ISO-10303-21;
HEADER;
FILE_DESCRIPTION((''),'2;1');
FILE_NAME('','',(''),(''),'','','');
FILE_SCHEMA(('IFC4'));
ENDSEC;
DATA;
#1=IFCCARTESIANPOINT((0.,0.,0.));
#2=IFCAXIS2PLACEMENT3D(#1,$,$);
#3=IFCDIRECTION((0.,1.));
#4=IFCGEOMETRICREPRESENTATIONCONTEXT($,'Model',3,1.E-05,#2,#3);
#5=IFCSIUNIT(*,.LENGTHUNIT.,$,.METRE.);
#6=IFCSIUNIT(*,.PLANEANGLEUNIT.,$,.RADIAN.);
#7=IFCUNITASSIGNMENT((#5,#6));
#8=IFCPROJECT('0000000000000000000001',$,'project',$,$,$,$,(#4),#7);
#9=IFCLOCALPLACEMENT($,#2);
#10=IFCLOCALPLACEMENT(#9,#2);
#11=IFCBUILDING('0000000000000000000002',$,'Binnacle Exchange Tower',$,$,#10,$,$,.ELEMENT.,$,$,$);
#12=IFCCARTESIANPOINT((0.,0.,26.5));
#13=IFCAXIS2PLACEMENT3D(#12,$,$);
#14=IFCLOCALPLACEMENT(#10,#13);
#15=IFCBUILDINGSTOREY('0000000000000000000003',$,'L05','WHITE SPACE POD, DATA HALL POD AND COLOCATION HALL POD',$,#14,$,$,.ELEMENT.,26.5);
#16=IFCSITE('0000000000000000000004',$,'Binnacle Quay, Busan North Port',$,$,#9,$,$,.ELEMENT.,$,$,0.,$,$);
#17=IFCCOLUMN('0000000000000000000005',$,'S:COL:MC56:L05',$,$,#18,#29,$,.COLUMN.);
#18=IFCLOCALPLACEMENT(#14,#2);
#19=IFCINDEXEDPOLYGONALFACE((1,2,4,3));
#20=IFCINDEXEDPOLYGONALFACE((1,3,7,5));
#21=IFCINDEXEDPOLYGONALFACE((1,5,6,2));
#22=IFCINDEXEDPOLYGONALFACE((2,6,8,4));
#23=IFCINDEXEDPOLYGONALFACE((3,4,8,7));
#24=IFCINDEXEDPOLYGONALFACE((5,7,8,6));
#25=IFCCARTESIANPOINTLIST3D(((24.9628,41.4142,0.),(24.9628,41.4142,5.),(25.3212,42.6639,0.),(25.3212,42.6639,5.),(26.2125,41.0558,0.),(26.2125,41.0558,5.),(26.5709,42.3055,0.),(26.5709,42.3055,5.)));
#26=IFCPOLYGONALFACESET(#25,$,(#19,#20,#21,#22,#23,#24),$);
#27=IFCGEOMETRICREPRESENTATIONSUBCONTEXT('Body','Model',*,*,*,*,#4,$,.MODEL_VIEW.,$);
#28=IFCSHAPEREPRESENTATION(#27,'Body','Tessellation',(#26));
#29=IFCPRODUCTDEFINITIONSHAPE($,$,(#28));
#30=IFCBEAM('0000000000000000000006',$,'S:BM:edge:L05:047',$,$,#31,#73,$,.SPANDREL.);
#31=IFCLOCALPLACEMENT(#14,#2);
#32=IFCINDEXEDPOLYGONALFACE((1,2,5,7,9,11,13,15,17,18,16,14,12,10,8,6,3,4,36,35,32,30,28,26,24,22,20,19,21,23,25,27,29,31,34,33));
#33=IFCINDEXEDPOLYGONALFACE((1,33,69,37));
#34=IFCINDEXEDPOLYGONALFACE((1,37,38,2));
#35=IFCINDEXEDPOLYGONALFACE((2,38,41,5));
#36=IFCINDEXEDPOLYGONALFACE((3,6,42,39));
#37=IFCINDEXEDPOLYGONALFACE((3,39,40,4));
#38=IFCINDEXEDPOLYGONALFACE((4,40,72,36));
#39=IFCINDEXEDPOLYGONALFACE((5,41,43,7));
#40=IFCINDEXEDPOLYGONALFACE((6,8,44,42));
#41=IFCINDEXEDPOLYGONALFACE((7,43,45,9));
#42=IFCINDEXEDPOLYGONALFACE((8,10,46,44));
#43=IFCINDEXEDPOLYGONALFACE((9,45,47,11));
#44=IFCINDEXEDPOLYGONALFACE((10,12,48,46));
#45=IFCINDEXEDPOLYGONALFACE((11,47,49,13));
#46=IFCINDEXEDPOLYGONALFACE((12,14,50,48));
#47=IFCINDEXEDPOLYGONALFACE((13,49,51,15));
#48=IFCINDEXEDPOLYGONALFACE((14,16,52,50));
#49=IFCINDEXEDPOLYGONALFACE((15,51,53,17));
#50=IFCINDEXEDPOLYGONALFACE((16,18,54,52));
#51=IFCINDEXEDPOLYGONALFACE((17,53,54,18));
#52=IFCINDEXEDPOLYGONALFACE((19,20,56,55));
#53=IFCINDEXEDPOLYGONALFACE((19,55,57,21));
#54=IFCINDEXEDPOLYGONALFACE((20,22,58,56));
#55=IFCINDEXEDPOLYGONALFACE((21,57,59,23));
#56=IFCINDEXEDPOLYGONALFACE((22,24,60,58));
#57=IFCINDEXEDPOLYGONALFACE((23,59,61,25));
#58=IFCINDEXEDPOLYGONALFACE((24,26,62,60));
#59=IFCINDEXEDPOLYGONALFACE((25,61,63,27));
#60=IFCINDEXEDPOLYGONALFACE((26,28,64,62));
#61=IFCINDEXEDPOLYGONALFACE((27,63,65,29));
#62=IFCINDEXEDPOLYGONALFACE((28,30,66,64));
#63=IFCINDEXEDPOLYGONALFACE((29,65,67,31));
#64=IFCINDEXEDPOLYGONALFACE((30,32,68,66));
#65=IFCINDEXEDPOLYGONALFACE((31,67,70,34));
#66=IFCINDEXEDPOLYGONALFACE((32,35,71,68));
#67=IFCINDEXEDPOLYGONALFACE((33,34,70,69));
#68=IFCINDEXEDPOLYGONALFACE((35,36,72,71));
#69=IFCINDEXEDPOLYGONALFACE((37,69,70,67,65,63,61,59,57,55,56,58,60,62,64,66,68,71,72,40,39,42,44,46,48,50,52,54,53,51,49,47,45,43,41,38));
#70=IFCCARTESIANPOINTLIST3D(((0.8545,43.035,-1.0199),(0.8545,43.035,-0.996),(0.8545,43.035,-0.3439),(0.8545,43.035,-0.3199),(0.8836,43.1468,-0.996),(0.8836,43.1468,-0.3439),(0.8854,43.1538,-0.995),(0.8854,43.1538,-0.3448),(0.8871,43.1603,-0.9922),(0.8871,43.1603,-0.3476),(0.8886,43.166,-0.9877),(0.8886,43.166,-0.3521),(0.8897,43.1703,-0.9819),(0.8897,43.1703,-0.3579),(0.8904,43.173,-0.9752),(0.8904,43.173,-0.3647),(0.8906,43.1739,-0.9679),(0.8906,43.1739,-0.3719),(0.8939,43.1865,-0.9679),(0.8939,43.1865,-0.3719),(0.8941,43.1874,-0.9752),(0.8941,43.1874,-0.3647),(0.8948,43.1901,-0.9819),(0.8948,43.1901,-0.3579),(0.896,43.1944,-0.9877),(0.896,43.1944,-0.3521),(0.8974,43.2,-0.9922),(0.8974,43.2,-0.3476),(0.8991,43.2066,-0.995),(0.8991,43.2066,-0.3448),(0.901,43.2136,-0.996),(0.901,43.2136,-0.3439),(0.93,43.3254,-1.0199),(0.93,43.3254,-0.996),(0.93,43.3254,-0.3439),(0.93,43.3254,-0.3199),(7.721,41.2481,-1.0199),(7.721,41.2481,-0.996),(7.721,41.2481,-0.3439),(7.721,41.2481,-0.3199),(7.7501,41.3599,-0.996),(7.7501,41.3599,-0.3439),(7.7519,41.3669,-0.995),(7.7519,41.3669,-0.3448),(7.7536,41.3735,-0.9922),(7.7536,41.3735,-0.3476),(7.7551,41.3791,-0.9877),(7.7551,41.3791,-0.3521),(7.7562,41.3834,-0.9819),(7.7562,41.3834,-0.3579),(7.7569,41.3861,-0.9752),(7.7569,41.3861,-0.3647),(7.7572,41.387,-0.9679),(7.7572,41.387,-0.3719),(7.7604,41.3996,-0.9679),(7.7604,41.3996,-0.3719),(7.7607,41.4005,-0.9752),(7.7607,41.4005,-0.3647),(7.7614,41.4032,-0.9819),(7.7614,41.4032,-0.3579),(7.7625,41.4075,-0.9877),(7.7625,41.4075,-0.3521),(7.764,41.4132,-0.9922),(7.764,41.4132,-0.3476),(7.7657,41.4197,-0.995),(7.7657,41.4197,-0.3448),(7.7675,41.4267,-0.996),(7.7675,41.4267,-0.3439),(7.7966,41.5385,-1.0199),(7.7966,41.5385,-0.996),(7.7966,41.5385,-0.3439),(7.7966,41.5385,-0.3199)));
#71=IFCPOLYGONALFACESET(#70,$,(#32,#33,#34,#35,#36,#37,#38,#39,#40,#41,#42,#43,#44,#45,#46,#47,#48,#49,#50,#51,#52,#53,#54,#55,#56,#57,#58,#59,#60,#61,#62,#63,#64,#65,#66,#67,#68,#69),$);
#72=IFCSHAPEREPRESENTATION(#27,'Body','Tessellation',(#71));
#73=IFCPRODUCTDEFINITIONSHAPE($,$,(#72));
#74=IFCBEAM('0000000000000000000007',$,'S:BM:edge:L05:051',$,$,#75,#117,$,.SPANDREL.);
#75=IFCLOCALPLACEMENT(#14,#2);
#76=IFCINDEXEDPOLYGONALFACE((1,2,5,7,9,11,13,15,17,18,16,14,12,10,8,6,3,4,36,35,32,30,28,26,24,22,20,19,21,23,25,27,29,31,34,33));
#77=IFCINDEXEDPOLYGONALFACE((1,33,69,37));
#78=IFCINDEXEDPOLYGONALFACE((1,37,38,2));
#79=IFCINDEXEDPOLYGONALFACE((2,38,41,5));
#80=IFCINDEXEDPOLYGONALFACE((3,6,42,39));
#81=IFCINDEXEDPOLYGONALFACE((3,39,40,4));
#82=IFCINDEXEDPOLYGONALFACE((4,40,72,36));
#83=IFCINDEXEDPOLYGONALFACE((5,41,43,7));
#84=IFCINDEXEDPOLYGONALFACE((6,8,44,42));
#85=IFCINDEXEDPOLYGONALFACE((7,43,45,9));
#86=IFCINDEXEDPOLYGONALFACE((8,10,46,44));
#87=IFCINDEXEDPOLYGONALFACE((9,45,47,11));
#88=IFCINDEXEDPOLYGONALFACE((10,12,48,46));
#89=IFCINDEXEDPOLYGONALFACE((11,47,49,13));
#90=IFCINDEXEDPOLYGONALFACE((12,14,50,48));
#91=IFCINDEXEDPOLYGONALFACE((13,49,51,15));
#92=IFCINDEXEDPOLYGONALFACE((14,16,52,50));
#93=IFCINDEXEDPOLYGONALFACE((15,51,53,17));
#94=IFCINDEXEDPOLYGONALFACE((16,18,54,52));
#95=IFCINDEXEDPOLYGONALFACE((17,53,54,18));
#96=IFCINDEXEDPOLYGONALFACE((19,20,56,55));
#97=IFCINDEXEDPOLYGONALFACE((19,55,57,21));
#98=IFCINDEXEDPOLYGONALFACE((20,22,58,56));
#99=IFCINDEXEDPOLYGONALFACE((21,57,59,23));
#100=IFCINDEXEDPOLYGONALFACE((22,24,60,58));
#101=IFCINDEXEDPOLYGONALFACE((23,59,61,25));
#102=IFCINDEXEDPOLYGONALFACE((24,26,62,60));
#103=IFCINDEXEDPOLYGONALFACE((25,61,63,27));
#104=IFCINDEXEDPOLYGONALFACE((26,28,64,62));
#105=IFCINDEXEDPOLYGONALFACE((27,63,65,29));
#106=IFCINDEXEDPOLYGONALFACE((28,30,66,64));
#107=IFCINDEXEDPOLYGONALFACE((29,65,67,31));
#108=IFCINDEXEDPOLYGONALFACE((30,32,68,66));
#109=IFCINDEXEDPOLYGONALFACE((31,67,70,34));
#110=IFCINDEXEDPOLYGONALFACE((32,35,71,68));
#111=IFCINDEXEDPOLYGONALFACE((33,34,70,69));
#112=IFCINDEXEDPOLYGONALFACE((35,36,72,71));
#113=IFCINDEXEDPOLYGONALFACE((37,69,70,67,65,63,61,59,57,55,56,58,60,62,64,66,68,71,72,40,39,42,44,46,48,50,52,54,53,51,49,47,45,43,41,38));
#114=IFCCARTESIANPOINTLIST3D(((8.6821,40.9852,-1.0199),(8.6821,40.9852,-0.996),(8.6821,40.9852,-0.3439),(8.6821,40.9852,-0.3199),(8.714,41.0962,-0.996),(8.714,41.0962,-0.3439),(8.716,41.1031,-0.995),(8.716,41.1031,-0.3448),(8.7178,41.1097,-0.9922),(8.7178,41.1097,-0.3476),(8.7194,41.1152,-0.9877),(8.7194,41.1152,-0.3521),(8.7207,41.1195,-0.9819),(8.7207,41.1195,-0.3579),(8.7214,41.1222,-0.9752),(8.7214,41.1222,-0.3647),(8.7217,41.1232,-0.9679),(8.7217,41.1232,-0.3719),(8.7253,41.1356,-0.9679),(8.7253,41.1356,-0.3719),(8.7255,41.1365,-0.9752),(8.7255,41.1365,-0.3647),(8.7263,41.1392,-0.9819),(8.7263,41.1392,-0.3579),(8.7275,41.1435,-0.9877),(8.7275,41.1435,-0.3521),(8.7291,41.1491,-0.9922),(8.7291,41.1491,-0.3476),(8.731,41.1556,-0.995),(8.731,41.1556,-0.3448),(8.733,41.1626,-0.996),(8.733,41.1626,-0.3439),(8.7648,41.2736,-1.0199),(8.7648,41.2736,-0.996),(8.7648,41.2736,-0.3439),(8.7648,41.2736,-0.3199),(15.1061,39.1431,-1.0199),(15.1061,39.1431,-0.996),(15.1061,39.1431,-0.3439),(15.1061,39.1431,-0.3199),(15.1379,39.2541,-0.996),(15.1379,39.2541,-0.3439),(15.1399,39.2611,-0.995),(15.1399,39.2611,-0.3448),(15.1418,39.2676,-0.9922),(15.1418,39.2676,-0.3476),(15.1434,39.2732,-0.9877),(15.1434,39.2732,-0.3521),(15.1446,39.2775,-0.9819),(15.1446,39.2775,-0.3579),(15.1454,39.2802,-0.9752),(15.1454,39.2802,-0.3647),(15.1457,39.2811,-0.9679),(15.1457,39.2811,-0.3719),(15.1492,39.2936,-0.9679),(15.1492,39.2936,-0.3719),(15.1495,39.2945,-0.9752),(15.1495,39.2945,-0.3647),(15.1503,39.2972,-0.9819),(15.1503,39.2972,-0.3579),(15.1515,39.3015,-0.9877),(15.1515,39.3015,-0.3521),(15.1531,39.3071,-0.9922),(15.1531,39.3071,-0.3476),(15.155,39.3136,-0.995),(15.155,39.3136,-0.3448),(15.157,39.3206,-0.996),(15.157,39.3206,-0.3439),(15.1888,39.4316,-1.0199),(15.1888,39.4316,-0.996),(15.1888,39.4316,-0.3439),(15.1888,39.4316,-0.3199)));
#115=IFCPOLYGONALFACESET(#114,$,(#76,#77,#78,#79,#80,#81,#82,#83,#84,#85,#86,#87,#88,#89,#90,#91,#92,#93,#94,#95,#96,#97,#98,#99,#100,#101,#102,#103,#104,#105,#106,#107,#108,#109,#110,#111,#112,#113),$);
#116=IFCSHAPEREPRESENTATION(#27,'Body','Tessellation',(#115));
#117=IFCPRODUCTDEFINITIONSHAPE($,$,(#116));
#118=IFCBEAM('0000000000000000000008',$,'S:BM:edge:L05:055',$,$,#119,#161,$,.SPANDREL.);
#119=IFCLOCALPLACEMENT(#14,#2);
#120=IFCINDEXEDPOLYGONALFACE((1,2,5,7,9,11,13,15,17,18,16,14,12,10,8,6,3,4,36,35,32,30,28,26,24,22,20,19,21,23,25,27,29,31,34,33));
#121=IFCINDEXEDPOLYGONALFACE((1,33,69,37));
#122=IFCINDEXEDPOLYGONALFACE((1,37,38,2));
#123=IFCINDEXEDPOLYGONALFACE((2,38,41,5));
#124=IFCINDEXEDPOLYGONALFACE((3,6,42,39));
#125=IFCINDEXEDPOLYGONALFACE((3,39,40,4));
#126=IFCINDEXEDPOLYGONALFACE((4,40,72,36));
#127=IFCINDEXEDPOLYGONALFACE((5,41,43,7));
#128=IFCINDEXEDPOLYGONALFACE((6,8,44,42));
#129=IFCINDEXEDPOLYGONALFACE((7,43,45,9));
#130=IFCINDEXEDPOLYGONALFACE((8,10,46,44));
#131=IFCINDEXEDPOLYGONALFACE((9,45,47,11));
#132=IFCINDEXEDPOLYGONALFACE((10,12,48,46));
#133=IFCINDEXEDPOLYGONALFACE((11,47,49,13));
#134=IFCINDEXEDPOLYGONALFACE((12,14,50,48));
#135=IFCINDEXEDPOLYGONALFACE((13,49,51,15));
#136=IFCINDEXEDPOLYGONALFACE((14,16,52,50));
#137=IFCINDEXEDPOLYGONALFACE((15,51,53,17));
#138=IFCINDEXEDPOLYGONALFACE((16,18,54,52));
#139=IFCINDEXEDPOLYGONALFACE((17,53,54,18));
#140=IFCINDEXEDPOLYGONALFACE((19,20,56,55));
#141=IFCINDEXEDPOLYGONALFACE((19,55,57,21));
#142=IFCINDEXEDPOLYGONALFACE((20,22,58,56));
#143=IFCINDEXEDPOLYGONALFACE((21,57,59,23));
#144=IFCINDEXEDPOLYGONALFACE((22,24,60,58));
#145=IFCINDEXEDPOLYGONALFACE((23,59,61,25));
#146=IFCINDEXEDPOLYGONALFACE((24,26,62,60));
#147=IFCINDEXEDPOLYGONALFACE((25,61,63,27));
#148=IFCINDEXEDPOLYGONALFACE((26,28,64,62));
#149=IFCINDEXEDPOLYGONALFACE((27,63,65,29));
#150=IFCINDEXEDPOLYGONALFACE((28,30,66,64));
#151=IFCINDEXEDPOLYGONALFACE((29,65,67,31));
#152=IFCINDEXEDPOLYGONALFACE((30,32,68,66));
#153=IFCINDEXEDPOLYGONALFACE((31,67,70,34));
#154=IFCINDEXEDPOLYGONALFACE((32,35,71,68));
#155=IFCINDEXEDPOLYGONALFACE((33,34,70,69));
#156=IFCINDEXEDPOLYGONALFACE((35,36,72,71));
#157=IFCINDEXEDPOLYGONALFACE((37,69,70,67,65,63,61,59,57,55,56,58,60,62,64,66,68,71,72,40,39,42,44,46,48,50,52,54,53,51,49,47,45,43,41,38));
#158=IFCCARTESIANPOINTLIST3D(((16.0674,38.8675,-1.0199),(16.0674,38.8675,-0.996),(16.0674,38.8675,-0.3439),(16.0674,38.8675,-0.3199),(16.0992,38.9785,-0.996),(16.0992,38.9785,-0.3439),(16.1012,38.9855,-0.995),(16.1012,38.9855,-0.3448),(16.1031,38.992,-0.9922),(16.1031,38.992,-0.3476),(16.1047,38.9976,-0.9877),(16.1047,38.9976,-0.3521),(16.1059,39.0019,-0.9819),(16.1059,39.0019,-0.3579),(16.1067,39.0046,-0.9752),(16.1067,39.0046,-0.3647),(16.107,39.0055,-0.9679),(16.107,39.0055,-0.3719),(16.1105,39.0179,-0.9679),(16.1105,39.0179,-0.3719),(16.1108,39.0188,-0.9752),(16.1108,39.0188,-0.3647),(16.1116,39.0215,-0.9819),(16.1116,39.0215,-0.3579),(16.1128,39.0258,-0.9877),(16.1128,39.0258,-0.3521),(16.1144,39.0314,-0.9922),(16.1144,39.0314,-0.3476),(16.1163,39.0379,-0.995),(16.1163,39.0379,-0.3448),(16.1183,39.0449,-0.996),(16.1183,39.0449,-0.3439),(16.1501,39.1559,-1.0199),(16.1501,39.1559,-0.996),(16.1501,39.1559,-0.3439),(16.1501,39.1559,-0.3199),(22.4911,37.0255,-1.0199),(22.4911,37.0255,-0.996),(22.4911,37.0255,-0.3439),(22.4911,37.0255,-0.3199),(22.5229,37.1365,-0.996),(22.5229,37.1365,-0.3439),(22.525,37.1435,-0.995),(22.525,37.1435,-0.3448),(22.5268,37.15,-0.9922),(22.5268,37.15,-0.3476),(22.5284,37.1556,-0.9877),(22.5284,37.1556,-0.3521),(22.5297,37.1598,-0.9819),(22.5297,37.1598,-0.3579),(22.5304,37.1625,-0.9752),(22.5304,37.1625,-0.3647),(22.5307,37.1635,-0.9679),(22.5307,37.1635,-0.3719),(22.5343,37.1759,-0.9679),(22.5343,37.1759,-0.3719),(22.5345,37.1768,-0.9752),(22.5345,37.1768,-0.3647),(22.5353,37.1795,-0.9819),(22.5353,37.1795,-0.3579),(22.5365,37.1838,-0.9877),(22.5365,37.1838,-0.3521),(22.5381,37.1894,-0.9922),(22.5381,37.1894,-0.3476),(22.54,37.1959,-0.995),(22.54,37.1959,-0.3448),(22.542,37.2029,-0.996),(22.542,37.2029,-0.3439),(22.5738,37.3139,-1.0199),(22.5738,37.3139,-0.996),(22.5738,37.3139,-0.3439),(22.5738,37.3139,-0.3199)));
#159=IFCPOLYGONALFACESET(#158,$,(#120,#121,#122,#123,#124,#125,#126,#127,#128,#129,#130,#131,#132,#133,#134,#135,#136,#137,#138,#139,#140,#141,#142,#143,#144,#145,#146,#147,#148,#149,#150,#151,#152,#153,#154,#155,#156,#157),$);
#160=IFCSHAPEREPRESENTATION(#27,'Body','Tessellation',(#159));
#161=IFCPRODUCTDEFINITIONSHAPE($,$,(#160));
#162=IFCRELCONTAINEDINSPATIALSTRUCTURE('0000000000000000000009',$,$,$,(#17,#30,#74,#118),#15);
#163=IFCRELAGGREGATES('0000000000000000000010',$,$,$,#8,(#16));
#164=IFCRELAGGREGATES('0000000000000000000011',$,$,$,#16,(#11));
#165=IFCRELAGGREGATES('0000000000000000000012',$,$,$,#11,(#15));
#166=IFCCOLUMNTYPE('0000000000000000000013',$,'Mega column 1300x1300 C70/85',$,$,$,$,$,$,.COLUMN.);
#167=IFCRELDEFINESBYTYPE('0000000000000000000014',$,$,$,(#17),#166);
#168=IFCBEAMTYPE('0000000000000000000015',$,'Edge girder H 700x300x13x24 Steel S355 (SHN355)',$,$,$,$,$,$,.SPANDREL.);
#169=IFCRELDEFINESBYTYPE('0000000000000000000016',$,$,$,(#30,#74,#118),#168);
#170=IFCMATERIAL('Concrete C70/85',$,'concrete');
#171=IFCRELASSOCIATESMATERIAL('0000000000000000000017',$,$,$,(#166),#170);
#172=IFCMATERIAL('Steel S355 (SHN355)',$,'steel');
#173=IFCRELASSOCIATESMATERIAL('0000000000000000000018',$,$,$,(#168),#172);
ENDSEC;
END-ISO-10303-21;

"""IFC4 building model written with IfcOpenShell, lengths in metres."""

from ifc_helpers import new_model, si_unit, direction, frame, origin, origin_2d, place, context, subcontext, project, spatial, rectangle, i_section, extrude, material, material_profile, profile_set, type_object, element, save


model = new_model("IFC4")

# Units and contexts
model_context = context("Model", 3, precision=1e-05, world=origin(), true_north=direction((0.0, 1.0)))
body_context = subcontext(model_context, "Body", "Model", "MODEL_VIEW")
ifc_project = project(units=[si_unit("LENGTHUNIT", "METRE"), si_unit("PLANEANGLEUNIT", "RADIAN")], contexts=[model_context])

# Site, building, storey
site_placement = place(None, origin())
site = spatial("IfcSite", under=ifc_project, at=site_placement, Name="Binnacle Quay, Busan North Port", CompositionType="ELEMENT", RefElevation=0.0)
building_placement = place(site_placement, origin())
building = spatial("IfcBuilding", under=site, at=building_placement, Name="Binnacle Exchange Tower", CompositionType="ELEMENT")
storey_placement = place(building_placement, frame((0.0, 0.0, 26.5)))
storey = spatial("IfcBuildingStorey", under=building, at=storey_placement, Name="L05", Description="WHITE SPACE POD, DATA HALL POD AND COLOCATION HALL POD", CompositionType="ELEMENT", Elevation=26.5)

# Column
ifc_material_1 = material(Name="Concrete C70/85", Category="concrete")
ifc_material_profile_1 = material_profile(ifc_material_1, rectangle(XDim=1.3, YDim=1.3, at=origin_2d()), Name="Mega column 1300x1300 C70/85")
ifc_profile_set_1 = profile_set([ifc_material_profile_1], Name="Concrete C70/85")
column_type = type_object("IfcColumnType", Name="Mega column 1300x1300 C70/85", PredefinedType="COLUMN", material=ifc_profile_set_1)
column_placement = place(storey_placement, frame((25.7668, 41.8599, 0.0), z_axis=(0.0, 0.0, 1.0), x_axis=(0.961262, -0.275637, 0.0)))
element("IfcColumn", 1, at=column_placement, inside=storey, type_object=column_type, Name="S:COL:MC56:L05", PredefinedType="COLUMN", context=body_context, shape_type="SweptSolid", body=[
    extrude(rectangle(XDim=1.3, YDim=1.3, at=origin_2d()), origin(), (0.0, 0.0, 1.0), 5.0),
])

# Beams
ifc_material_2 = material(Name="Steel S355 (SHN355)", Category="steel")
ifc_material_profile_2 = material_profile(ifc_material_2, i_section(OverallWidth=0.3, OverallDepth=0.7, WebThickness=0.0129, FlangeThickness=0.0239, FilletRadius=0.0281, at=origin_2d()), Name="H 700x300x13x24")
ifc_profile_set_2 = profile_set([ifc_material_profile_2], Name="Steel S355 (SHN355)")
beam_type_1 = type_object("IfcBeamType", Name="Edge girder H 700x300x13x24 Steel S355 (SHN355)", PredefinedType="SPANDREL", material=ifc_profile_set_2)
beam_1_placement = place(storey_placement, frame((7.7588, 41.3933, -0.6699), z_axis=(-0.967768, 0.251843, 0.0), x_axis=(-0.251843, -0.967768, 0.0)))
element("IfcBeam", 2, at=beam_1_placement, inside=storey, type_object=beam_type_1, Name="S:BM:edge:L05:047", PredefinedType="SPANDREL", context=body_context, shape_type="SweptSolid", body=[
    extrude(i_section(OverallWidth=0.3, OverallDepth=0.7, WebThickness=0.0129, FlangeThickness=0.0239, FilletRadius=0.0281, at=origin_2d()), origin(), (0.0, 0.0, 1.0), 7.0952),
])
beam_2_placement = place(storey_placement, frame((15.1475, 39.2874, -0.6699), z_axis=(-0.961263, 0.275633, 0.0), x_axis=(-0.275633, -0.961263, 0.0)))
element("IfcBeam", 3, at=beam_2_placement, inside=storey, type_object=beam_type_1, Name="S:BM:edge:L05:051", PredefinedType="SPANDREL", context=body_context, shape_type="SweptSolid", body=[
    extrude(i_section(OverallWidth=0.3, OverallDepth=0.7, WebThickness=0.0129, FlangeThickness=0.0239, FilletRadius=0.0281, at=origin_2d()), origin(), (0.0, 0.0, 1.0), 6.6829),
])
beam_3_placement = place(storey_placement, frame((22.5325, 37.1697, -0.6699), z_axis=(-0.96126, 0.275643, 0.0), x_axis=(-0.275643, -0.96126, 0.0)))
element("IfcBeam", 4, at=beam_3_placement, inside=storey, type_object=beam_type_1, Name="S:BM:edge:L05:055", PredefinedType="SPANDREL", context=body_context, shape_type="SweptSolid", body=[
    extrude(i_section(OverallWidth=0.3, OverallDepth=0.7, WebThickness=0.0129, FlangeThickness=0.0239, FilletRadius=0.0281, at=origin_2d()), origin(), (0.0, 0.0, 1.0), 6.6826),
])

save(model, "model.ifc")
